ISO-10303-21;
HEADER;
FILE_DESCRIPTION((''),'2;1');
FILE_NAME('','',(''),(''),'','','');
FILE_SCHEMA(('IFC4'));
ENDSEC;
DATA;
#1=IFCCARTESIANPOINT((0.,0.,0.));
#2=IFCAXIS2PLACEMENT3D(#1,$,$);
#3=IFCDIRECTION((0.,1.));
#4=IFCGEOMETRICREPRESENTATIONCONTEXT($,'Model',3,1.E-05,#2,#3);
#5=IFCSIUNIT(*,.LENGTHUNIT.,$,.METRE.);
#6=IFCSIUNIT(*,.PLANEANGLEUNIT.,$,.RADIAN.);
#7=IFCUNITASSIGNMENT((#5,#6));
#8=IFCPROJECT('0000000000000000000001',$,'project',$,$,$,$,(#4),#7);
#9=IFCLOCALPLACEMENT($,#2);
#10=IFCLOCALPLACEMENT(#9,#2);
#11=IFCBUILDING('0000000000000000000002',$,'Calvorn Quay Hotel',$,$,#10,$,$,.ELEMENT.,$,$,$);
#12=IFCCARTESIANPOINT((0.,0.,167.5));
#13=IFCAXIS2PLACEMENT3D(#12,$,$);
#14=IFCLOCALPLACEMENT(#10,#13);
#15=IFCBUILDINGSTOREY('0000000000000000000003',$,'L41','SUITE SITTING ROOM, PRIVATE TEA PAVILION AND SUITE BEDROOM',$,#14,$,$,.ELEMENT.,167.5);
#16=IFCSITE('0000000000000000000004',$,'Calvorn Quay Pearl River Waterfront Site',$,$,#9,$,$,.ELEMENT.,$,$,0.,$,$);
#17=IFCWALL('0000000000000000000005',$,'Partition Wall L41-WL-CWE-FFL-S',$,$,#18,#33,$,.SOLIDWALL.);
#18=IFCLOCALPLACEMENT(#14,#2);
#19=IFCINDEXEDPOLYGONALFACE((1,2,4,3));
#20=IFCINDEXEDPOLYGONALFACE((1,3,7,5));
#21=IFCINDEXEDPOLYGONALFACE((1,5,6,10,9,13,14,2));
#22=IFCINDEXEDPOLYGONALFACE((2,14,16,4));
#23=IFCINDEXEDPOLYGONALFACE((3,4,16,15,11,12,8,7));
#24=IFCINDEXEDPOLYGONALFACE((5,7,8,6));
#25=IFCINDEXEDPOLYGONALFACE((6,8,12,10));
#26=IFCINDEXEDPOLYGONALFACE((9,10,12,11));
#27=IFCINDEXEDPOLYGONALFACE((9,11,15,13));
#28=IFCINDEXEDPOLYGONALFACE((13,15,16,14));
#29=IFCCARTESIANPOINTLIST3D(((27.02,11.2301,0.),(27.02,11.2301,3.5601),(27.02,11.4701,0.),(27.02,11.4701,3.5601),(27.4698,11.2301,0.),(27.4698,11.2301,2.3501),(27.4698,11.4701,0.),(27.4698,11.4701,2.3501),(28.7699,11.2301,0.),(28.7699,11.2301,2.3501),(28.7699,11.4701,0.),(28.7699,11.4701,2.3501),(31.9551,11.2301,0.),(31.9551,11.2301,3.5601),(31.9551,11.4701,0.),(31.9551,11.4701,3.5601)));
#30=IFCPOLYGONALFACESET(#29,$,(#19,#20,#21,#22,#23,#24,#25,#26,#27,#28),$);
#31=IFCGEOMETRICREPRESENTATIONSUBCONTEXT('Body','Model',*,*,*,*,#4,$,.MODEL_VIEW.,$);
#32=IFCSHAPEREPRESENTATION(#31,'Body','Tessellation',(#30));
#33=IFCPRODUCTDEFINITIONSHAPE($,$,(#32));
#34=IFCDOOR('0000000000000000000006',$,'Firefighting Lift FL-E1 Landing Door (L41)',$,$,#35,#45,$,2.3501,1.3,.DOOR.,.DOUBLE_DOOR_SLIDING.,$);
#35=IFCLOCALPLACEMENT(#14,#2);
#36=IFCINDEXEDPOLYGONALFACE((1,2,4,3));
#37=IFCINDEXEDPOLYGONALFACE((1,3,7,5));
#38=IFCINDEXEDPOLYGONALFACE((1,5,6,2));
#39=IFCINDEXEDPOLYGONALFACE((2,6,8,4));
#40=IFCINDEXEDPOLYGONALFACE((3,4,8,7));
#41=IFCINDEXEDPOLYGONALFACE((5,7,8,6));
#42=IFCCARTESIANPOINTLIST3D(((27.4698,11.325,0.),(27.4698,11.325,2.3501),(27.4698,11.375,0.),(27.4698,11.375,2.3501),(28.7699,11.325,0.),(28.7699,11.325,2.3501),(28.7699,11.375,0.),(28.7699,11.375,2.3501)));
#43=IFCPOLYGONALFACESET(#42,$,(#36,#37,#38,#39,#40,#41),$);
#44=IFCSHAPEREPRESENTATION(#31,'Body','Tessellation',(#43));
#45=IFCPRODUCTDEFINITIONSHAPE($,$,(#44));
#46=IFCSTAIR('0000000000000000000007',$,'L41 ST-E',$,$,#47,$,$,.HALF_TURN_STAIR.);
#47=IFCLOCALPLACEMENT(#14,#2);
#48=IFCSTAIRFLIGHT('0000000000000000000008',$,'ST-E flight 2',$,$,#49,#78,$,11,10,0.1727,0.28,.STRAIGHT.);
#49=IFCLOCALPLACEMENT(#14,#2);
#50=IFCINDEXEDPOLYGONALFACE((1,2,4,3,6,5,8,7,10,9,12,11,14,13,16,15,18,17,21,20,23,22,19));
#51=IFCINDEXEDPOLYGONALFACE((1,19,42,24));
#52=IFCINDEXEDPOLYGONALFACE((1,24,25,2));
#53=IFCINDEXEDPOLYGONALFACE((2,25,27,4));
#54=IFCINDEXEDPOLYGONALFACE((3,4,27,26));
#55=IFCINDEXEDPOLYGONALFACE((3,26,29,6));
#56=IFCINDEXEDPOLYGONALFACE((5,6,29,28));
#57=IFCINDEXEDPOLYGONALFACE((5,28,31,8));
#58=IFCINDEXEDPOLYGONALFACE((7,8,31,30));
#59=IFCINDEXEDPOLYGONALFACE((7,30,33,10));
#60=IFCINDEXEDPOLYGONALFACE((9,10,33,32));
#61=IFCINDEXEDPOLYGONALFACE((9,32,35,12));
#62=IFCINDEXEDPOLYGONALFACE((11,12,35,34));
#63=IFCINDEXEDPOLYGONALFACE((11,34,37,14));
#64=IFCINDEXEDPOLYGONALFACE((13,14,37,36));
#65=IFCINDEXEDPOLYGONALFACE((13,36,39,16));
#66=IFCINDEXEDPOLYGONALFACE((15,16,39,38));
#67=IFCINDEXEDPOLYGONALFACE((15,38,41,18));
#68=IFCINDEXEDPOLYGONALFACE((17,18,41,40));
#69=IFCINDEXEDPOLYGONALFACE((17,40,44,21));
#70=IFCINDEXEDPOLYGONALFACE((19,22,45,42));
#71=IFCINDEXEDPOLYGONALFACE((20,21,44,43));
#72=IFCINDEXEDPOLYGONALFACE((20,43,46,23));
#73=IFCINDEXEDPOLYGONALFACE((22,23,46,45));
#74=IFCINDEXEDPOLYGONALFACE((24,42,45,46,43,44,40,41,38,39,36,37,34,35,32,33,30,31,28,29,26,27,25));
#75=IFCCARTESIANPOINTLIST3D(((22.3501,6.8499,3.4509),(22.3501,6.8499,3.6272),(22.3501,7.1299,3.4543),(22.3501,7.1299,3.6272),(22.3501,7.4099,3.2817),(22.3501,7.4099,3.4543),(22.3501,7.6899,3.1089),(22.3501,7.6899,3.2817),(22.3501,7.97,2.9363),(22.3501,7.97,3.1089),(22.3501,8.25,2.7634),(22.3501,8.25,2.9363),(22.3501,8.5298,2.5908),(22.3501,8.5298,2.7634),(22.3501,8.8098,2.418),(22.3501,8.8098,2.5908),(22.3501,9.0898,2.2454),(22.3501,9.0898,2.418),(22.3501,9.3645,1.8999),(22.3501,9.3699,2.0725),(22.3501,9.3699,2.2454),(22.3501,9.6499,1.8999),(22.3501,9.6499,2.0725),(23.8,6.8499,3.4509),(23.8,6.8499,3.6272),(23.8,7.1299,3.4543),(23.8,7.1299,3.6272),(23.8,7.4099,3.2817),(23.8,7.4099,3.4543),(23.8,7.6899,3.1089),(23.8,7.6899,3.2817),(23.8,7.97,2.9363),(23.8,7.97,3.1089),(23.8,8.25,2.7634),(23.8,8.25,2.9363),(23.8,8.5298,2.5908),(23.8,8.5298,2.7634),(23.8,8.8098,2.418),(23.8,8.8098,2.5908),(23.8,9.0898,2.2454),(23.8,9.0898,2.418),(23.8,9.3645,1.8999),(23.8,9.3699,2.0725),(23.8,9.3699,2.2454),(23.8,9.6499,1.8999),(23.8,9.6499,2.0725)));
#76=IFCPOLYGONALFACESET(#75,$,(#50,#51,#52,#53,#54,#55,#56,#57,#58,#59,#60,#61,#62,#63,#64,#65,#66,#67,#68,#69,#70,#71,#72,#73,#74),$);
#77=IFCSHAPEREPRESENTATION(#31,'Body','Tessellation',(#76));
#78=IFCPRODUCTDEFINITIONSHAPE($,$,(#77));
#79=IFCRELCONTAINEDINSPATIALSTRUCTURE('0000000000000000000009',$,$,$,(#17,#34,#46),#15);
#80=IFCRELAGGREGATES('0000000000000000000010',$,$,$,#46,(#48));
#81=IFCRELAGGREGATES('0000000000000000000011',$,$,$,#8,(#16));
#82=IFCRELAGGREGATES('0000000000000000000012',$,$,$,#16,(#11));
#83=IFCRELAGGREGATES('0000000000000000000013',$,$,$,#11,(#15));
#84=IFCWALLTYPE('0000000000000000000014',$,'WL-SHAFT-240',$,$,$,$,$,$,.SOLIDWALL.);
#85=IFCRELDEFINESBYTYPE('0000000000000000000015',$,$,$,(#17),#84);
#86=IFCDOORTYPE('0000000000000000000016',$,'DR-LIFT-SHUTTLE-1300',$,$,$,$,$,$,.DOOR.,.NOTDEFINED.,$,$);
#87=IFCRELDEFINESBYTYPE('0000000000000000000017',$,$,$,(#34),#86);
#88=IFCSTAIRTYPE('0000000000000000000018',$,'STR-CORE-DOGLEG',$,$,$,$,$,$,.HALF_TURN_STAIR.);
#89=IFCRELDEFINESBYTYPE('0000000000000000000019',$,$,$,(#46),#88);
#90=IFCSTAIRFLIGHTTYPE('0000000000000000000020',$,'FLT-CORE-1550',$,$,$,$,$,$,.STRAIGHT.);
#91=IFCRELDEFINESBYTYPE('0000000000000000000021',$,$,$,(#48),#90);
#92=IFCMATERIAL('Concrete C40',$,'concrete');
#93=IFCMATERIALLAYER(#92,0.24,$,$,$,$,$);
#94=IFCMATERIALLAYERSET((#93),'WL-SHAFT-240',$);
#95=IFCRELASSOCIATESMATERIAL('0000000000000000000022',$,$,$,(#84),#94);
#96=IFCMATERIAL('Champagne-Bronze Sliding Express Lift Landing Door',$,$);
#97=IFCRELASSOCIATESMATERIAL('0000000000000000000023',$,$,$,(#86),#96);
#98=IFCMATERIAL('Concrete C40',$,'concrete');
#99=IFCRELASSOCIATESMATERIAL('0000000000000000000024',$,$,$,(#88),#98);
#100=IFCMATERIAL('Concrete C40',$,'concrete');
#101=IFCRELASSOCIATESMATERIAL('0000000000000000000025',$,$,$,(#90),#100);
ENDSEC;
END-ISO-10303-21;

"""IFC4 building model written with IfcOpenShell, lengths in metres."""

from ifc_helpers import new_model, si_unit, direction, frame, frame_2d, origin, place, context, subcontext, project, spatial, polyline, rectangle, outline, extrude, material, layer, layer_set, type_object, element, fill, aggregate, save


model = new_model("IFC4")

# Units and contexts
model_context = context("Model", 3, precision=1e-05, world=origin(), true_north=direction((0.0, 1.0)))
body_context = subcontext(model_context, "Body", "Model", "MODEL_VIEW")
ifc_project = project(units=[si_unit("LENGTHUNIT", "METRE"), si_unit("PLANEANGLEUNIT", "RADIAN")], contexts=[model_context])

# Site, building, storey
site_placement = place(None, origin())
site = spatial("IfcSite", under=ifc_project, at=site_placement, Name="Calvorn Quay Pearl River Waterfront Site", CompositionType="ELEMENT", RefElevation=0.0)
building_placement = place(site_placement, origin())
building = spatial("IfcBuilding", under=site, at=building_placement, Name="Calvorn Quay Hotel", CompositionType="ELEMENT")
storey_placement = place(building_placement, frame((0.0, 0.0, 167.5)))
storey = spatial("IfcBuildingStorey", under=building, at=storey_placement, Name="L41", Description="SUITE SITTING ROOM, PRIVATE TEA PAVILION AND SUITE BEDROOM", CompositionType="ELEMENT", Elevation=167.5)

# Shared definitions
ifc_material_1 = material(Name="Concrete C40", Category="concrete")
ifc_layer_1 = layer(ifc_material_1, 0.24)
ifc_layer_set_1 = layer_set([ifc_layer_1], Name="WL-SHAFT-240")
wall_type_1 = type_object("IfcWallType", Name="WL-SHAFT-240", PredefinedType="SOLIDWALL", material=ifc_layer_set_1)

# Wall, opening, door
wall_1_placement = place(storey_placement, frame((27.02, 11.3501, 0.0), z_axis=(0.0, 0.0, 1.0), x_axis=(1.0, 0.0, 0.0)))
wall_1 = element("IfcWall", 1, at=wall_1_placement, inside=storey, type_object=wall_type_1, Name="Partition Wall L41-WL-CWE-FFL-S", PredefinedType="SOLIDWALL", context=body_context, shape_type="SweptSolid", body=[
    extrude(rectangle(XDim=4.9351, YDim=0.24, at=frame_2d((2.4675, 0.0))), origin(), (0.0, 0.0, 1.0), 3.5601),
])
opening_1_placement = place(wall_1_placement, frame((0.45, 0.0, 0.0)))
opening_1 = element("IfcOpeningElement", 2, at=opening_1_placement, cuts=wall_1, PredefinedType="OPENING", context=body_context, shape_type="SweptSolid", body=[
    extrude(rectangle(XDim=1.3, YDim=2.3501, at=frame_2d((0.6499, 1.175))), frame((0.0, 0.1299, 0.0), z_axis=(0.0, -1.0, 0.0), x_axis=(1.0, 0.0, 0.0)), (0.0, 0.0, 1.0), 0.26),
])
ifc_material_2 = material(Name="Champagne-Bronze Sliding Express Lift Landing Door")
door_type_1 = type_object("IfcDoorType", Name="DR-LIFT-SHUTTLE-1300", OperationType="NOTDEFINED", PredefinedType="DOOR", material=ifc_material_2)
door_1_placement = place(opening_1_placement, origin())
door_1 = element("IfcDoor", 3, at=door_1_placement, inside=storey, type_object=door_type_1, Name="Firefighting Lift FL-E1 Landing Door (L41)", OperationType="DOUBLE_DOOR_SLIDING", OverallHeight=2.3501, OverallWidth=1.3, PredefinedType="DOOR", context=body_context, shape_type="SweptSolid", body=[
    extrude(rectangle(XDim=1.3, YDim=2.3501, at=frame_2d((0.6499, 1.175))), frame((0.0, 0.0249, 0.0), z_axis=(0.0, -1.0, 0.0), x_axis=(1.0, 0.0, 0.0)), (0.0, 0.0, 1.0), 0.05),
])
fill(opening_1, door_1)

# Stair, stair flight
ifc_material_3 = material(Name="Concrete C40", Category="concrete")
stair_type = type_object("IfcStairType", Name="STR-CORE-DOGLEG", PredefinedType="HALF_TURN_STAIR", material=ifc_material_3)
stair_placement = place(storey_placement, origin())
stair = element("IfcStair", 4, at=stair_placement, inside=storey, type_object=stair_type, Name="L41 ST-E", PredefinedType="HALF_TURN_STAIR")
ifc_material_4 = material(Name="Concrete C40", Category="concrete")
stair_flight_type = type_object("IfcStairFlightType", Name="FLT-CORE-1550", PredefinedType="STRAIGHT", material=ifc_material_4)
stair_flight_placement = place(storey_placement, frame((23.075, 9.6499, 1.8999), z_axis=(0.0, 0.0, 1.0), x_axis=(0.0, -1.0, 0.0)))
stair_flight = element("IfcStairFlight", 5, at=stair_flight_placement, type_object=stair_flight_type, Name="ST-E flight 2", NumberOfRisers=11, NumberOfTreads=10, PredefinedType="STRAIGHT", RiserHeight=0.1727, TreadLength=0.28, context=body_context, shape_type="SweptSolid", body=[
    extrude(outline(polyline([(0.0, 0.0), (0.0, 0.1726), (0.28, 0.1726), (0.28, 0.3455), (0.5601, 0.3455), (0.5601, 0.5181), (0.8401, 0.5181), (0.8401, 0.6909), (1.1201, 0.6909), (1.1201, 0.8635), (1.3999, 0.8635), (1.3999, 1.0364), (1.6799, 1.0364), (1.6799, 1.209), (1.96, 1.209), (1.96, 1.3818), (2.24, 1.3818), (2.24, 1.5544), (2.52, 1.5544), (2.52, 1.7273), (2.8, 1.7273), (2.8, 1.8999), (2.8, 1.551), (0.2854, 0.0), (0.0, 0.0)])), frame((0.0, 0.7251, 0.0), z_axis=(0.0, -1.0, 0.0), x_axis=(1.0, 0.0, 0.0)), (0.0, 0.0, 1.0), 1.45),
])
aggregate(stair, [stair_flight])

save(model, "model.ifc")
